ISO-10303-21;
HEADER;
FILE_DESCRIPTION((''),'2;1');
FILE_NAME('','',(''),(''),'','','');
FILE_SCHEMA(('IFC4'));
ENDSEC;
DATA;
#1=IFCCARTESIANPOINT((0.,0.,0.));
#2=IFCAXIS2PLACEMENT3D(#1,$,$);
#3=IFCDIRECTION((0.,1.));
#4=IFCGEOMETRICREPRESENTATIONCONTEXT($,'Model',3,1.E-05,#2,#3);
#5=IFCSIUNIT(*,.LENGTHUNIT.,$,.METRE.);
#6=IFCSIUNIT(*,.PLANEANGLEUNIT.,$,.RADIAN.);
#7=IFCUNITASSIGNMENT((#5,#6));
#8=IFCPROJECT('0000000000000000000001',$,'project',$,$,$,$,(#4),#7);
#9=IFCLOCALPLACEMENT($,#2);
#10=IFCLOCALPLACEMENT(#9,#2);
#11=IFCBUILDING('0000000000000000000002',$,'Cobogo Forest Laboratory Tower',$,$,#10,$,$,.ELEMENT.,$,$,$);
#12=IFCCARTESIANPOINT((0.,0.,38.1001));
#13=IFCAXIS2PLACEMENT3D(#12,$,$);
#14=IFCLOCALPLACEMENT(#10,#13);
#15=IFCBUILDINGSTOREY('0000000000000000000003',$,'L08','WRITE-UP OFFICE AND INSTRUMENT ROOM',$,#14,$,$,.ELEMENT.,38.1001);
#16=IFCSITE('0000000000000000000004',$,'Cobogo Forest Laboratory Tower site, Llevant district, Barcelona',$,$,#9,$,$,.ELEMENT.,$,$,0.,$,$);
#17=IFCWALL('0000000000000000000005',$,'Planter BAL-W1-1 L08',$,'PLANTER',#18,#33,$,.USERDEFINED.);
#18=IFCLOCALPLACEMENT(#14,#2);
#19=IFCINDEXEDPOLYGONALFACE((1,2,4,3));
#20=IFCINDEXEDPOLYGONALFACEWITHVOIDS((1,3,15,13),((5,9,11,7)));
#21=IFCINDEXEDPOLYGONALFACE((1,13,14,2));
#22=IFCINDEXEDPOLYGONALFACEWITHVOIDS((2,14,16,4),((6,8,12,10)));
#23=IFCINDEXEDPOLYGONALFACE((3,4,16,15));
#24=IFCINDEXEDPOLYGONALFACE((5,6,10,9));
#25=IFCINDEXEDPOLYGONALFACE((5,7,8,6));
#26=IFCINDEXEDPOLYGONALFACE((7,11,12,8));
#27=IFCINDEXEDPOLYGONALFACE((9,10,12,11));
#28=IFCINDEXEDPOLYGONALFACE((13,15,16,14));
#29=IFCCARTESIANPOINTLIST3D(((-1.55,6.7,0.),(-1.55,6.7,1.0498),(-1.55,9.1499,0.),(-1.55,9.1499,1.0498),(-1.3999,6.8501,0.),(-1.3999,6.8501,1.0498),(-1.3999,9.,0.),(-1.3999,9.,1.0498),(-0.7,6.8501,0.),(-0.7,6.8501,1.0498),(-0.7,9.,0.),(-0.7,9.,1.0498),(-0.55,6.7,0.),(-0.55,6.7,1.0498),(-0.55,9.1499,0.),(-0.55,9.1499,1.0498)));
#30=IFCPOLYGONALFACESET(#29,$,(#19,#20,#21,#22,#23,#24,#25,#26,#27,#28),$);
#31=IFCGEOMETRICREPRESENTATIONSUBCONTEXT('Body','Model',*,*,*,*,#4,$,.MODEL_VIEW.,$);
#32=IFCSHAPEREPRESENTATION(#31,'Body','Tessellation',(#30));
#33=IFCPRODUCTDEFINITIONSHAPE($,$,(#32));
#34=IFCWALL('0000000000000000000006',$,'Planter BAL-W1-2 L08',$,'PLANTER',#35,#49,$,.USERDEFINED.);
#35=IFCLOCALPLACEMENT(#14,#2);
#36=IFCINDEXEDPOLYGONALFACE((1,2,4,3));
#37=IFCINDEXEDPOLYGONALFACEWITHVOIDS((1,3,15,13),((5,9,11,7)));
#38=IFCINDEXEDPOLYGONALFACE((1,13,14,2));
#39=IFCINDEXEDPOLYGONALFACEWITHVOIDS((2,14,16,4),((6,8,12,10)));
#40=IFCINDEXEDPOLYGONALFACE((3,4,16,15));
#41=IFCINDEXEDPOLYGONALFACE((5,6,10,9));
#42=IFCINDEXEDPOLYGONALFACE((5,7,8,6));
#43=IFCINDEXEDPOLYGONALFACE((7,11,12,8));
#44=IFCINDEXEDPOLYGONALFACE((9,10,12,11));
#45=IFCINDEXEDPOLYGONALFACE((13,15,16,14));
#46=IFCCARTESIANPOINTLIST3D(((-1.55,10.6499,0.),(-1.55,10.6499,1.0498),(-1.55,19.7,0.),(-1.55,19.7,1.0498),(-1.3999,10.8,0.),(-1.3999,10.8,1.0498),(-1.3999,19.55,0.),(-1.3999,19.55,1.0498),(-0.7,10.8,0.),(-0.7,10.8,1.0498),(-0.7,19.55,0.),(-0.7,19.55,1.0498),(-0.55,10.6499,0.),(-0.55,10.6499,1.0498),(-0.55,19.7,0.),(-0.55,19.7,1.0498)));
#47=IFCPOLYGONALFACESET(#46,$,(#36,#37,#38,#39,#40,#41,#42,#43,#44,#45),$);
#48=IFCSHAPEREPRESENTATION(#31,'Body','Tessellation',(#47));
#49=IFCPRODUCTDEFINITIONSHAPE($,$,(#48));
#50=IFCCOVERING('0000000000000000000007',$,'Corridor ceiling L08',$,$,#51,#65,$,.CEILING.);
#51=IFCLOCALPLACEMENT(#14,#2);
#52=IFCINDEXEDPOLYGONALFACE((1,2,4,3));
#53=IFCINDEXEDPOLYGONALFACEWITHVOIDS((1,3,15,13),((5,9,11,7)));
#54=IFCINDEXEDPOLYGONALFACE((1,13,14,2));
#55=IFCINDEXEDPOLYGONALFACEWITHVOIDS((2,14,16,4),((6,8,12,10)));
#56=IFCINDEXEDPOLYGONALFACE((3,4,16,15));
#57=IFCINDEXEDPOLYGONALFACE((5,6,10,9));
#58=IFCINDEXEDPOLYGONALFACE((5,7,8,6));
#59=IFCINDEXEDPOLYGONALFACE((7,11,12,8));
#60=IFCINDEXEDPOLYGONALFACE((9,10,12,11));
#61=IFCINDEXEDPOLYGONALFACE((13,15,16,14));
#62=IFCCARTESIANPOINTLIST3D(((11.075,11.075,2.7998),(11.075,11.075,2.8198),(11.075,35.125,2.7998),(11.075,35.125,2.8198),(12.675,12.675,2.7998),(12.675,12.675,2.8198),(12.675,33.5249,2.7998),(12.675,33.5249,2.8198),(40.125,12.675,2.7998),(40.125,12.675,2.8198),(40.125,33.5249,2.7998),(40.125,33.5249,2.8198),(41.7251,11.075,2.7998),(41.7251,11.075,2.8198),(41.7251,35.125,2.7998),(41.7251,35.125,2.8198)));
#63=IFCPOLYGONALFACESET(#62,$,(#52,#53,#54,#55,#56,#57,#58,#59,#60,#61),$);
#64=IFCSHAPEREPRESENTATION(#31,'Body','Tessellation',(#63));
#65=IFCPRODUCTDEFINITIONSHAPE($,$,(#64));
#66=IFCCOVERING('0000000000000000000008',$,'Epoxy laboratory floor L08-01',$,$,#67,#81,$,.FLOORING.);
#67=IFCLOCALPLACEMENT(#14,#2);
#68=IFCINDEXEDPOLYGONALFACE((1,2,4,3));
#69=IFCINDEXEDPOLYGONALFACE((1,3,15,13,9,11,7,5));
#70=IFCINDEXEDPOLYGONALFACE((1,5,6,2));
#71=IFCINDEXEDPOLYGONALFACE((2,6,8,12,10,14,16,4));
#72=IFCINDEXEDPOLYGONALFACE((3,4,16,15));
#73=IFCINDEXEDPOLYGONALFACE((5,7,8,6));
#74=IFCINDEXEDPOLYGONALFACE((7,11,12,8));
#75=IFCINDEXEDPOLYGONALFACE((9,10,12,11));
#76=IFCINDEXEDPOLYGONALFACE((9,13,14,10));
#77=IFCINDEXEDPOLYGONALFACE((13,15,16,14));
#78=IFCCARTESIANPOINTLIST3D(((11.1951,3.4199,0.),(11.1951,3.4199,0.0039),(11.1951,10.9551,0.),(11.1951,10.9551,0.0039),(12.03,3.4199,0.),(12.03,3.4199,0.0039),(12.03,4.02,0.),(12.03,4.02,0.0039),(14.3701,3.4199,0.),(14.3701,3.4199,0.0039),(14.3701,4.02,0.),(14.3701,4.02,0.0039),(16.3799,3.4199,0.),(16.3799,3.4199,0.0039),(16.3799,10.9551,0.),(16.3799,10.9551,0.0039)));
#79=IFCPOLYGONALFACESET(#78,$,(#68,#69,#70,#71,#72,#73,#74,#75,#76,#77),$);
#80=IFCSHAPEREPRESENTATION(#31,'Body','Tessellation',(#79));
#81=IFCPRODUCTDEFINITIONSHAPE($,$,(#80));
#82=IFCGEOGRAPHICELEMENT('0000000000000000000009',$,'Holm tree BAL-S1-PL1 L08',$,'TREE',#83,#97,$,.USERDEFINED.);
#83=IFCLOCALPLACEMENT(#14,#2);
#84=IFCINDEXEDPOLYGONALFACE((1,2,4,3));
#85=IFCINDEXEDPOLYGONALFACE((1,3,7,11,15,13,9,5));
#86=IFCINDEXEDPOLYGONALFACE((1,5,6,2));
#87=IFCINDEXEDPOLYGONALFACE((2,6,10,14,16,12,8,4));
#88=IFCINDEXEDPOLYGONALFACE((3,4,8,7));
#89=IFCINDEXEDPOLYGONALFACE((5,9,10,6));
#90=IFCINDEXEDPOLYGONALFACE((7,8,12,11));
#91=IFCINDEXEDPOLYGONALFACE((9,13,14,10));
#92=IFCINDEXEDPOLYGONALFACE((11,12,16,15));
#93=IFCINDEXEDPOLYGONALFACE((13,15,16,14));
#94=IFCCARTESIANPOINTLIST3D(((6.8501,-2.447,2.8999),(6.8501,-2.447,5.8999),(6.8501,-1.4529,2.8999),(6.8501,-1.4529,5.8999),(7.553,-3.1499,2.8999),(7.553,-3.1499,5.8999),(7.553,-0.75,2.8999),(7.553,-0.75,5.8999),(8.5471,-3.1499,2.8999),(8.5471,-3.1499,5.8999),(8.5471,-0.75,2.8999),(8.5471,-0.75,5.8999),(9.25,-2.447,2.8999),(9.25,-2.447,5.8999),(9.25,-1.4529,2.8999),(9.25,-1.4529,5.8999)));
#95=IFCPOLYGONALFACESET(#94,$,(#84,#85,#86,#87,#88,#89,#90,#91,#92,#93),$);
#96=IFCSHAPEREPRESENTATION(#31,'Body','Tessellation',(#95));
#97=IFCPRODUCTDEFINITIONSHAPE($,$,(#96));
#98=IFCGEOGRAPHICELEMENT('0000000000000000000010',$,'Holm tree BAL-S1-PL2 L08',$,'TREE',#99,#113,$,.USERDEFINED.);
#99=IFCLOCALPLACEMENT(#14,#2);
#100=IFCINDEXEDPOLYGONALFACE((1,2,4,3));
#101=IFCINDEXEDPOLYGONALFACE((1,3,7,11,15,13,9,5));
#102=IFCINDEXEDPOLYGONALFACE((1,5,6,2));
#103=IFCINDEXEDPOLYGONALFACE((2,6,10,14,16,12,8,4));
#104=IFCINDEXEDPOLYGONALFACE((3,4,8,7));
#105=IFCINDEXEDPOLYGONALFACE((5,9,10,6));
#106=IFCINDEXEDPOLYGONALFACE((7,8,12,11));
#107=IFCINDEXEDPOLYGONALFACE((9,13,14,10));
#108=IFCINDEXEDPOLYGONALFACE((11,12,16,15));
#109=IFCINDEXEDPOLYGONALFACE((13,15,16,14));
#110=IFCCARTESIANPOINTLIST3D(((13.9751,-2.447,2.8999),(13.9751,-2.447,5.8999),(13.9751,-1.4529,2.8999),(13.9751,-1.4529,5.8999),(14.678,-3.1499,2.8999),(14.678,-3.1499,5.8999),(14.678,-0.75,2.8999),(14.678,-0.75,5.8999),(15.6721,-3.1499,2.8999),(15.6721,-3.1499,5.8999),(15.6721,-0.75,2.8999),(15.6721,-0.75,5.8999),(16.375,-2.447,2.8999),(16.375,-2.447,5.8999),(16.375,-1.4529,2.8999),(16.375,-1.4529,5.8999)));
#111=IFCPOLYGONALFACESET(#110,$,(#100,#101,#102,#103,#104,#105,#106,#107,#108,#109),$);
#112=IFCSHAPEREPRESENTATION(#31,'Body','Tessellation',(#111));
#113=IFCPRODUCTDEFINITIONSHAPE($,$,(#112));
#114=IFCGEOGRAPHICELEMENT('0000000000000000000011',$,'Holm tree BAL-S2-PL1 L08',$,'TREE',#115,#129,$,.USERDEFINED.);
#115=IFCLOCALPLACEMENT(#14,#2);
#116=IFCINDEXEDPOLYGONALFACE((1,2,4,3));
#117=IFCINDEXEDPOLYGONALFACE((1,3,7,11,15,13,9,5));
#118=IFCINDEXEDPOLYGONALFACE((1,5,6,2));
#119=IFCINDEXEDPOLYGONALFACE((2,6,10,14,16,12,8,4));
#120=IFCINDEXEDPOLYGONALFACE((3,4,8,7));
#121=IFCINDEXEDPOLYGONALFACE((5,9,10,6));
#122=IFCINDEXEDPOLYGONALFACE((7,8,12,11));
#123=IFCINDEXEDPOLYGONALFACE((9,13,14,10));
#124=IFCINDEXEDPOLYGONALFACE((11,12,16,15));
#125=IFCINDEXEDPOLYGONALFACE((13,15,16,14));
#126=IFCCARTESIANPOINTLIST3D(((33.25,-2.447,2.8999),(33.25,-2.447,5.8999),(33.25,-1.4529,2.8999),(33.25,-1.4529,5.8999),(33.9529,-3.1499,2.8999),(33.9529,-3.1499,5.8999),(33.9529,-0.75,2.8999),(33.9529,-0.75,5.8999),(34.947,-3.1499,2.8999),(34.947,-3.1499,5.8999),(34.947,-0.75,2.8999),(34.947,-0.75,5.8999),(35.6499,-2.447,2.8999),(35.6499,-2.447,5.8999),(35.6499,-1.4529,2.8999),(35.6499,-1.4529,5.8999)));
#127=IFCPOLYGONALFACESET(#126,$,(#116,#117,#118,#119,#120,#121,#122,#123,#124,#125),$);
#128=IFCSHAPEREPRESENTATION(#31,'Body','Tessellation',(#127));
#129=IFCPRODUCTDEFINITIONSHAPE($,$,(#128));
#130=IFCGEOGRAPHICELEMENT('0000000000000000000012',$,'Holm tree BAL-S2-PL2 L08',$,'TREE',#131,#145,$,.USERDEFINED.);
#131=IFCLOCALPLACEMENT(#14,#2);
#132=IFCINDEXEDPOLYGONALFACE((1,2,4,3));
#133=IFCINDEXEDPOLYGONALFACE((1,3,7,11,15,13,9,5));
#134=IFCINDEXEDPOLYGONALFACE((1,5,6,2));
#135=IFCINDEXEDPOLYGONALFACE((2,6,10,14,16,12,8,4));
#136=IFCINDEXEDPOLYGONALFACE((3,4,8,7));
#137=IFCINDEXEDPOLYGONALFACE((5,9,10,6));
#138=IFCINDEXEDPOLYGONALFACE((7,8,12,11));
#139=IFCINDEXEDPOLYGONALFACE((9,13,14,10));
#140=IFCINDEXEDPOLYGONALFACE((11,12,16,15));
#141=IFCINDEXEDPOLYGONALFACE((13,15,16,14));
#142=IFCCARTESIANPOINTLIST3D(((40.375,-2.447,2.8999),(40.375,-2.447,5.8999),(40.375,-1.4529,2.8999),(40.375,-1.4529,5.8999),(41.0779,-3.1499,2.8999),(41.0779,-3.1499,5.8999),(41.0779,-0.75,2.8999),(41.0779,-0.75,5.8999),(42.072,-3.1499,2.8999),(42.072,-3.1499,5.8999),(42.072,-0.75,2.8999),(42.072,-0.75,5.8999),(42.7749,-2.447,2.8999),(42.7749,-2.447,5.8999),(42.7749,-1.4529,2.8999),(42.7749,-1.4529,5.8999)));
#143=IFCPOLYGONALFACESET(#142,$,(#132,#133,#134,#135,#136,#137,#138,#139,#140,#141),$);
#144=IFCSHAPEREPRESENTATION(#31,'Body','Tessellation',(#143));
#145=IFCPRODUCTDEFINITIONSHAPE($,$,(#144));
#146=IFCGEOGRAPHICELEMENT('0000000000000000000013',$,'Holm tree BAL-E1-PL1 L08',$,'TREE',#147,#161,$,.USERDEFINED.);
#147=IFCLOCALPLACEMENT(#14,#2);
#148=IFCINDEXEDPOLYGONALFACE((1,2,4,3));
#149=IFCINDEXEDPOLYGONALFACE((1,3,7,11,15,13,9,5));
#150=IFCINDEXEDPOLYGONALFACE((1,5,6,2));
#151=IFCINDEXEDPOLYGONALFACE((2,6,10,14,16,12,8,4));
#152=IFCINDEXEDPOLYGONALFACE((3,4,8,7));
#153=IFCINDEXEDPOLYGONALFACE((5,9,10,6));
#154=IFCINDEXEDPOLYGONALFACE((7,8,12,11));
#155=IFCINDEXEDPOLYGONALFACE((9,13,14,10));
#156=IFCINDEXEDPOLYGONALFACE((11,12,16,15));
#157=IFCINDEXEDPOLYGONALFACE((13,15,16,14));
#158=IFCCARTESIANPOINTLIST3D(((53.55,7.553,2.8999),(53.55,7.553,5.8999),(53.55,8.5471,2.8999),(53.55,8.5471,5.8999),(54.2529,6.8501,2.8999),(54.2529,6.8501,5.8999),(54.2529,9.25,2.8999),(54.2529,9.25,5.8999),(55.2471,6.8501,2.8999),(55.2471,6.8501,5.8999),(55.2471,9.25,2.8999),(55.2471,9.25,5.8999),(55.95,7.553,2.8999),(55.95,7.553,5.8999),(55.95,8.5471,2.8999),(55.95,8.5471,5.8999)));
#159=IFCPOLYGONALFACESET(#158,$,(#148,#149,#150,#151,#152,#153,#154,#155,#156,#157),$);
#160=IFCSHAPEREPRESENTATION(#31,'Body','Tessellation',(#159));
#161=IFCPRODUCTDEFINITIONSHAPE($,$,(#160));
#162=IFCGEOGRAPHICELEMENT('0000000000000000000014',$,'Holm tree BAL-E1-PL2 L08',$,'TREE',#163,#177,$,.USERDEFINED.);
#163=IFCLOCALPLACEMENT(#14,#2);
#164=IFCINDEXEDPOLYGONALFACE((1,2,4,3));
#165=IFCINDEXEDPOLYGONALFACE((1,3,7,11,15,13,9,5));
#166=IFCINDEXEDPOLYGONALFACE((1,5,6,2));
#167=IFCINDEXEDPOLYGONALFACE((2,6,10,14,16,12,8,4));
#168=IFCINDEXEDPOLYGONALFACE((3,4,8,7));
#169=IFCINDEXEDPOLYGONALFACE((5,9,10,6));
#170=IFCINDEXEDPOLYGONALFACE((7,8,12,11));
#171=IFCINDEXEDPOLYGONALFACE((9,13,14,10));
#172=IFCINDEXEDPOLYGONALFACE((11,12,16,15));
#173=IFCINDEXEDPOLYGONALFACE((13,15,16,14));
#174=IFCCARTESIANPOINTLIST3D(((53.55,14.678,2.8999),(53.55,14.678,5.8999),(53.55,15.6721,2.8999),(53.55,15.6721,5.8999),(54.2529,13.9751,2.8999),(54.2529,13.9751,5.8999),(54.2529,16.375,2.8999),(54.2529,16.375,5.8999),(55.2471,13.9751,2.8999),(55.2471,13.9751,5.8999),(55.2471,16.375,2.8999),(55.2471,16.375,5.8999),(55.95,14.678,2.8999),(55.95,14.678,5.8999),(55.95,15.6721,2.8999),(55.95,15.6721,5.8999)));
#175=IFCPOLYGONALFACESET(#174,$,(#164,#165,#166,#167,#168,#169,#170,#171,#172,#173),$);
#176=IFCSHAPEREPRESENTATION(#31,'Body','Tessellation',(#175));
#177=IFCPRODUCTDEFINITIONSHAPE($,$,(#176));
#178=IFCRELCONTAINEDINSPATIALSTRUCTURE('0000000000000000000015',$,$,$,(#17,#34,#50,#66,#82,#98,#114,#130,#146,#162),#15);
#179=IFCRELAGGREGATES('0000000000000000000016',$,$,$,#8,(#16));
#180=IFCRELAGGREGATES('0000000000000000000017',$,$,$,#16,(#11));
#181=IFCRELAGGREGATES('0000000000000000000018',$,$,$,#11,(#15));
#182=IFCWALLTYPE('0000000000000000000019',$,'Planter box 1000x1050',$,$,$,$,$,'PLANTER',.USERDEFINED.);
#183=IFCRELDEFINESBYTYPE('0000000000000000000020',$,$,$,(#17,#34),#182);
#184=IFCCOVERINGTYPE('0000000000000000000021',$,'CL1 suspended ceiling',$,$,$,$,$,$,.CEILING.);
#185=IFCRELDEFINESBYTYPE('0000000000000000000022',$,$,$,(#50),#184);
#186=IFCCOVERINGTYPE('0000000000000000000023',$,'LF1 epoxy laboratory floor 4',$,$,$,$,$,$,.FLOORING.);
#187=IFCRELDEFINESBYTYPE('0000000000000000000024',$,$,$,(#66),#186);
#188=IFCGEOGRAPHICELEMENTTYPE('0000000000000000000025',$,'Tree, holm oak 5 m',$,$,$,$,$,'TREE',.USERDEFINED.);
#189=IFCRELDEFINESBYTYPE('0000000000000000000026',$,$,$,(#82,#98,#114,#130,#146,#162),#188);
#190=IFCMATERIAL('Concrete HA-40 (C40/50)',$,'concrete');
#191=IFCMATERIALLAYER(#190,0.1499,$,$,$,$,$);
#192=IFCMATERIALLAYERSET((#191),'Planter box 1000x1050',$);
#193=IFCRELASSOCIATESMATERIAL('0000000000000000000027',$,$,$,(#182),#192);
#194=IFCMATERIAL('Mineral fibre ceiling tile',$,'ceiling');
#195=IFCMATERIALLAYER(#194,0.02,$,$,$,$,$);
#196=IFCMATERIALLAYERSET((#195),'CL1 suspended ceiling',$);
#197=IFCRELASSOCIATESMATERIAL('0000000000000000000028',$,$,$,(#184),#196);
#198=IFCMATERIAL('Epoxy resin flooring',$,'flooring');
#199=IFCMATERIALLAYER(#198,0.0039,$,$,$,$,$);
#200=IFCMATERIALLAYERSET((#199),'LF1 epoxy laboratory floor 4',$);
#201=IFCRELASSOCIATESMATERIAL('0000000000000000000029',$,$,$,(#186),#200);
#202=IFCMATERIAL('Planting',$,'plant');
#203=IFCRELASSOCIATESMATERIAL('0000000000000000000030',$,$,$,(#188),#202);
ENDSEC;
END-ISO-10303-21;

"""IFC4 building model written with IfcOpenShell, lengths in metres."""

from ifc_helpers import new_model, si_unit, direction, frame, origin, place, context, subcontext, project, spatial, polyline, outline, extrude, material, layer, layer_set, type_object, element, save


model = new_model("IFC4")

# Units and contexts
model_context = context("Model", 3, precision=1e-05, world=origin(), true_north=direction((0.0, 1.0)))
body_context = subcontext(model_context, "Body", "Model", "MODEL_VIEW")
ifc_project = project(units=[si_unit("LENGTHUNIT", "METRE"), si_unit("PLANEANGLEUNIT", "RADIAN")], contexts=[model_context])

# Site, building, storey
site_placement = place(None, origin())
site = spatial("IfcSite", under=ifc_project, at=site_placement, Name="Cobogo Forest Laboratory Tower site, Llevant district, Barcelona", CompositionType="ELEMENT", RefElevation=0.0)
building_placement = place(site_placement, origin())
building = spatial("IfcBuilding", under=site, at=building_placement, Name="Cobogo Forest Laboratory Tower", CompositionType="ELEMENT")
storey_placement = place(building_placement, frame((0.0, 0.0, 38.1001)))
storey = spatial("IfcBuildingStorey", under=building, at=storey_placement, Name="L08", Description="WRITE-UP OFFICE AND INSTRUMENT ROOM", CompositionType="ELEMENT", Elevation=38.1001)

# Shared definitions
ifc_material_1 = material(Name="Concrete HA-40 (C40/50)", Category="concrete")

# Walls
ifc_layer_1 = layer(ifc_material_1, 0.1499)
ifc_layer_set_1 = layer_set([ifc_layer_1], Name="Planter box 1000x1050")
wall_type = type_object("IfcWallType", Name="Planter box 1000x1050", ElementType="PLANTER", PredefinedType="USERDEFINED", material=ifc_layer_set_1)
wall_1_placement = place(storey_placement, origin())
element("IfcWall", 1, at=wall_1_placement, inside=storey, type_object=wall_type, Name="Planter BAL-W1-1 L08", ObjectType="PLANTER", PredefinedType="USERDEFINED", context=body_context, shape_type="SweptSolid", body=[
    extrude(outline(polyline([(-1.55, 6.7), (-0.55, 6.7), (-0.55, 9.1499), (-1.55, 9.1499), (-1.55, 6.7)]), holes=[polyline([(-1.3999, 6.8501), (-0.7, 6.8501), (-0.7, 9.0), (-1.3999, 9.0), (-1.3999, 6.8501)])]), origin(), (0.0, 0.0, 1.0), 1.0498),
])
wall_2_placement = place(storey_placement, origin())
element("IfcWall", 2, at=wall_2_placement, inside=storey, type_object=wall_type, Name="Planter BAL-W1-2 L08", ObjectType="PLANTER", PredefinedType="USERDEFINED", context=body_context, shape_type="SweptSolid", body=[
    extrude(outline(polyline([(-1.55, 10.6499), (-0.55, 10.6499), (-0.55, 19.7), (-1.55, 19.7), (-1.55, 10.6499)]), holes=[polyline([(-1.3999, 10.8), (-0.7, 10.8), (-0.7, 19.55), (-1.3999, 19.55), (-1.3999, 10.8)])]), origin(), (0.0, 0.0, 1.0), 1.0498),
])

# Coverings
ifc_material_2 = material(Name="Mineral fibre ceiling tile", Category="ceiling")
ifc_layer_2 = layer(ifc_material_2, 0.02)
ifc_layer_set_2 = layer_set([ifc_layer_2], Name="CL1 suspended ceiling")
covering_type_1 = type_object("IfcCoveringType", Name="CL1 suspended ceiling", PredefinedType="CEILING", material=ifc_layer_set_2)
covering_1_placement = place(storey_placement, frame((0.0, 0.0, 2.7998)))
element("IfcCovering", 3, at=covering_1_placement, inside=storey, type_object=covering_type_1, Name="Corridor ceiling L08", PredefinedType="CEILING", context=body_context, shape_type="SweptSolid", body=[
    extrude(outline(polyline([(11.075, 11.075), (11.075, 35.125), (41.7251, 35.125), (41.7251, 11.075), (11.075, 11.075)]), holes=[polyline([(40.125, 33.5249), (12.675, 33.5249), (12.675, 12.675), (40.125, 12.675), (40.125, 33.5249)])]), origin(), (0.0, 0.0, 1.0), 0.02),
])
ifc_material_3 = material(Name="Epoxy resin flooring", Category="flooring")
ifc_layer_3 = layer(ifc_material_3, 0.0039)
ifc_layer_set_3 = layer_set([ifc_layer_3], Name="LF1 epoxy laboratory floor 4")
covering_type_2 = type_object("IfcCoveringType", Name="LF1 epoxy laboratory floor 4", PredefinedType="FLOORING", material=ifc_layer_set_3)
covering_2_placement = place(storey_placement, origin())
element("IfcCovering", 4, at=covering_2_placement, inside=storey, type_object=covering_type_2, Name="Epoxy laboratory floor L08-01", PredefinedType="FLOORING", context=body_context, shape_type="SweptSolid", body=[
    extrude(outline(polyline([(11.1951, 10.9551), (16.3799, 10.9551), (16.3799, 3.4199), (14.3701, 3.4199), (14.3701, 4.02), (12.03, 4.02), (12.03, 3.4199), (11.1951, 3.4199), (11.1951, 10.9551)])), origin(), (0.0, 0.0, 1.0), 0.0039),
])

# Geographic elements
ifc_material_4 = material(Name="Planting", Category="plant")
geographic_element_type = type_object("IfcGeographicElementType", Name="Tree, holm oak 5 m", ElementType="TREE", PredefinedType="USERDEFINED", material=ifc_material_4)
geographic_element_1_placement = place(storey_placement, frame((0.0, 0.0, 2.8999)))
element("IfcGeographicElement", 5, at=geographic_element_1_placement, inside=storey, type_object=geographic_element_type, Name="Holm tree BAL-S1-PL1 L08", ObjectType="TREE", PredefinedType="USERDEFINED", context=body_context, shape_type="SweptSolid", body=[
    extrude(outline(polyline([(9.25, -2.447), (9.25, -1.4529), (8.5471, -0.75), (7.553, -0.75), (6.8501, -1.4529), (6.8501, -2.447), (7.553, -3.1499), (8.5471, -3.1499), (9.25, -2.447)])), origin(), (0.0, 0.0, 1.0), 3.0),
])
geographic_element_2_placement = place(storey_placement, frame((0.0, 0.0, 2.8999)))
element("IfcGeographicElement", 6, at=geographic_element_2_placement, inside=storey, type_object=geographic_element_type, Name="Holm tree BAL-S1-PL2 L08", ObjectType="TREE", PredefinedType="USERDEFINED", context=body_context, shape_type="SweptSolid", body=[
    extrude(outline(polyline([(16.375, -2.447), (16.375, -1.4529), (15.6721, -0.75), (14.678, -0.75), (13.9751, -1.4529), (13.9751, -2.447), (14.678, -3.1499), (15.6721, -3.1499), (16.375, -2.447)])), origin(), (0.0, 0.0, 1.0), 3.0),
])
geographic_element_3_placement = place(storey_placement, frame((0.0, 0.0, 2.8999)))
element("IfcGeographicElement", 7, at=geographic_element_3_placement, inside=storey, type_object=geographic_element_type, Name="Holm tree BAL-S2-PL1 L08", ObjectType="TREE", PredefinedType="USERDEFINED", context=body_context, shape_type="SweptSolid", body=[
    extrude(outline(polyline([(35.6499, -2.447), (35.6499, -1.4529), (34.947, -0.75), (33.9529, -0.75), (33.25, -1.4529), (33.25, -2.447), (33.9529, -3.1499), (34.947, -3.1499), (35.6499, -2.447)])), origin(), (0.0, 0.0, 1.0), 3.0),
])
geographic_element_4_placement = place(storey_placement, frame((0.0, 0.0, 2.8999)))
element("IfcGeographicElement", 8, at=geographic_element_4_placement, inside=storey, type_object=geographic_element_type, Name="Holm tree BAL-S2-PL2 L08", ObjectType="TREE", PredefinedType="USERDEFINED", context=body_context, shape_type="SweptSolid", body=[
    extrude(outline(polyline([(42.7749, -2.447), (42.7749, -1.4529), (42.072, -0.75), (41.0779, -0.75), (40.375, -1.4529), (40.375, -2.447), (41.0779, -3.1499), (42.072, -3.1499), (42.7749, -2.447)])), origin(), (0.0, 0.0, 1.0), 3.0),
])
geographic_element_5_placement = place(storey_placement, frame((0.0, 0.0, 2.8999)))
element("IfcGeographicElement", 9, at=geographic_element_5_placement, inside=storey, type_object=geographic_element_type, Name="Holm tree BAL-E1-PL1 L08", ObjectType="TREE", PredefinedType="USERDEFINED", context=body_context, shape_type="SweptSolid", body=[
    extrude(outline(polyline([(55.95, 7.553), (55.95, 8.5471), (55.2471, 9.25), (54.2529, 9.25), (53.55, 8.5471), (53.55, 7.553), (54.2529, 6.8501), (55.2471, 6.8501), (55.95, 7.553)])), origin(), (0.0, 0.0, 1.0), 3.0),
])
geographic_element_6_placement = place(storey_placement, frame((0.0, 0.0, 2.8999)))
element("IfcGeographicElement", 10, at=geographic_element_6_placement, inside=storey, type_object=geographic_element_type, Name="Holm tree BAL-E1-PL2 L08", ObjectType="TREE", PredefinedType="USERDEFINED", context=body_context, shape_type="SweptSolid", body=[
    extrude(outline(polyline([(55.95, 14.678), (55.95, 15.6721), (55.2471, 16.375), (54.2529, 16.375), (53.55, 15.6721), (53.55, 14.678), (54.2529, 13.9751), (55.2471, 13.9751), (55.95, 14.678)])), origin(), (0.0, 0.0, 1.0), 3.0),
])

save(model, "model.ifc")
